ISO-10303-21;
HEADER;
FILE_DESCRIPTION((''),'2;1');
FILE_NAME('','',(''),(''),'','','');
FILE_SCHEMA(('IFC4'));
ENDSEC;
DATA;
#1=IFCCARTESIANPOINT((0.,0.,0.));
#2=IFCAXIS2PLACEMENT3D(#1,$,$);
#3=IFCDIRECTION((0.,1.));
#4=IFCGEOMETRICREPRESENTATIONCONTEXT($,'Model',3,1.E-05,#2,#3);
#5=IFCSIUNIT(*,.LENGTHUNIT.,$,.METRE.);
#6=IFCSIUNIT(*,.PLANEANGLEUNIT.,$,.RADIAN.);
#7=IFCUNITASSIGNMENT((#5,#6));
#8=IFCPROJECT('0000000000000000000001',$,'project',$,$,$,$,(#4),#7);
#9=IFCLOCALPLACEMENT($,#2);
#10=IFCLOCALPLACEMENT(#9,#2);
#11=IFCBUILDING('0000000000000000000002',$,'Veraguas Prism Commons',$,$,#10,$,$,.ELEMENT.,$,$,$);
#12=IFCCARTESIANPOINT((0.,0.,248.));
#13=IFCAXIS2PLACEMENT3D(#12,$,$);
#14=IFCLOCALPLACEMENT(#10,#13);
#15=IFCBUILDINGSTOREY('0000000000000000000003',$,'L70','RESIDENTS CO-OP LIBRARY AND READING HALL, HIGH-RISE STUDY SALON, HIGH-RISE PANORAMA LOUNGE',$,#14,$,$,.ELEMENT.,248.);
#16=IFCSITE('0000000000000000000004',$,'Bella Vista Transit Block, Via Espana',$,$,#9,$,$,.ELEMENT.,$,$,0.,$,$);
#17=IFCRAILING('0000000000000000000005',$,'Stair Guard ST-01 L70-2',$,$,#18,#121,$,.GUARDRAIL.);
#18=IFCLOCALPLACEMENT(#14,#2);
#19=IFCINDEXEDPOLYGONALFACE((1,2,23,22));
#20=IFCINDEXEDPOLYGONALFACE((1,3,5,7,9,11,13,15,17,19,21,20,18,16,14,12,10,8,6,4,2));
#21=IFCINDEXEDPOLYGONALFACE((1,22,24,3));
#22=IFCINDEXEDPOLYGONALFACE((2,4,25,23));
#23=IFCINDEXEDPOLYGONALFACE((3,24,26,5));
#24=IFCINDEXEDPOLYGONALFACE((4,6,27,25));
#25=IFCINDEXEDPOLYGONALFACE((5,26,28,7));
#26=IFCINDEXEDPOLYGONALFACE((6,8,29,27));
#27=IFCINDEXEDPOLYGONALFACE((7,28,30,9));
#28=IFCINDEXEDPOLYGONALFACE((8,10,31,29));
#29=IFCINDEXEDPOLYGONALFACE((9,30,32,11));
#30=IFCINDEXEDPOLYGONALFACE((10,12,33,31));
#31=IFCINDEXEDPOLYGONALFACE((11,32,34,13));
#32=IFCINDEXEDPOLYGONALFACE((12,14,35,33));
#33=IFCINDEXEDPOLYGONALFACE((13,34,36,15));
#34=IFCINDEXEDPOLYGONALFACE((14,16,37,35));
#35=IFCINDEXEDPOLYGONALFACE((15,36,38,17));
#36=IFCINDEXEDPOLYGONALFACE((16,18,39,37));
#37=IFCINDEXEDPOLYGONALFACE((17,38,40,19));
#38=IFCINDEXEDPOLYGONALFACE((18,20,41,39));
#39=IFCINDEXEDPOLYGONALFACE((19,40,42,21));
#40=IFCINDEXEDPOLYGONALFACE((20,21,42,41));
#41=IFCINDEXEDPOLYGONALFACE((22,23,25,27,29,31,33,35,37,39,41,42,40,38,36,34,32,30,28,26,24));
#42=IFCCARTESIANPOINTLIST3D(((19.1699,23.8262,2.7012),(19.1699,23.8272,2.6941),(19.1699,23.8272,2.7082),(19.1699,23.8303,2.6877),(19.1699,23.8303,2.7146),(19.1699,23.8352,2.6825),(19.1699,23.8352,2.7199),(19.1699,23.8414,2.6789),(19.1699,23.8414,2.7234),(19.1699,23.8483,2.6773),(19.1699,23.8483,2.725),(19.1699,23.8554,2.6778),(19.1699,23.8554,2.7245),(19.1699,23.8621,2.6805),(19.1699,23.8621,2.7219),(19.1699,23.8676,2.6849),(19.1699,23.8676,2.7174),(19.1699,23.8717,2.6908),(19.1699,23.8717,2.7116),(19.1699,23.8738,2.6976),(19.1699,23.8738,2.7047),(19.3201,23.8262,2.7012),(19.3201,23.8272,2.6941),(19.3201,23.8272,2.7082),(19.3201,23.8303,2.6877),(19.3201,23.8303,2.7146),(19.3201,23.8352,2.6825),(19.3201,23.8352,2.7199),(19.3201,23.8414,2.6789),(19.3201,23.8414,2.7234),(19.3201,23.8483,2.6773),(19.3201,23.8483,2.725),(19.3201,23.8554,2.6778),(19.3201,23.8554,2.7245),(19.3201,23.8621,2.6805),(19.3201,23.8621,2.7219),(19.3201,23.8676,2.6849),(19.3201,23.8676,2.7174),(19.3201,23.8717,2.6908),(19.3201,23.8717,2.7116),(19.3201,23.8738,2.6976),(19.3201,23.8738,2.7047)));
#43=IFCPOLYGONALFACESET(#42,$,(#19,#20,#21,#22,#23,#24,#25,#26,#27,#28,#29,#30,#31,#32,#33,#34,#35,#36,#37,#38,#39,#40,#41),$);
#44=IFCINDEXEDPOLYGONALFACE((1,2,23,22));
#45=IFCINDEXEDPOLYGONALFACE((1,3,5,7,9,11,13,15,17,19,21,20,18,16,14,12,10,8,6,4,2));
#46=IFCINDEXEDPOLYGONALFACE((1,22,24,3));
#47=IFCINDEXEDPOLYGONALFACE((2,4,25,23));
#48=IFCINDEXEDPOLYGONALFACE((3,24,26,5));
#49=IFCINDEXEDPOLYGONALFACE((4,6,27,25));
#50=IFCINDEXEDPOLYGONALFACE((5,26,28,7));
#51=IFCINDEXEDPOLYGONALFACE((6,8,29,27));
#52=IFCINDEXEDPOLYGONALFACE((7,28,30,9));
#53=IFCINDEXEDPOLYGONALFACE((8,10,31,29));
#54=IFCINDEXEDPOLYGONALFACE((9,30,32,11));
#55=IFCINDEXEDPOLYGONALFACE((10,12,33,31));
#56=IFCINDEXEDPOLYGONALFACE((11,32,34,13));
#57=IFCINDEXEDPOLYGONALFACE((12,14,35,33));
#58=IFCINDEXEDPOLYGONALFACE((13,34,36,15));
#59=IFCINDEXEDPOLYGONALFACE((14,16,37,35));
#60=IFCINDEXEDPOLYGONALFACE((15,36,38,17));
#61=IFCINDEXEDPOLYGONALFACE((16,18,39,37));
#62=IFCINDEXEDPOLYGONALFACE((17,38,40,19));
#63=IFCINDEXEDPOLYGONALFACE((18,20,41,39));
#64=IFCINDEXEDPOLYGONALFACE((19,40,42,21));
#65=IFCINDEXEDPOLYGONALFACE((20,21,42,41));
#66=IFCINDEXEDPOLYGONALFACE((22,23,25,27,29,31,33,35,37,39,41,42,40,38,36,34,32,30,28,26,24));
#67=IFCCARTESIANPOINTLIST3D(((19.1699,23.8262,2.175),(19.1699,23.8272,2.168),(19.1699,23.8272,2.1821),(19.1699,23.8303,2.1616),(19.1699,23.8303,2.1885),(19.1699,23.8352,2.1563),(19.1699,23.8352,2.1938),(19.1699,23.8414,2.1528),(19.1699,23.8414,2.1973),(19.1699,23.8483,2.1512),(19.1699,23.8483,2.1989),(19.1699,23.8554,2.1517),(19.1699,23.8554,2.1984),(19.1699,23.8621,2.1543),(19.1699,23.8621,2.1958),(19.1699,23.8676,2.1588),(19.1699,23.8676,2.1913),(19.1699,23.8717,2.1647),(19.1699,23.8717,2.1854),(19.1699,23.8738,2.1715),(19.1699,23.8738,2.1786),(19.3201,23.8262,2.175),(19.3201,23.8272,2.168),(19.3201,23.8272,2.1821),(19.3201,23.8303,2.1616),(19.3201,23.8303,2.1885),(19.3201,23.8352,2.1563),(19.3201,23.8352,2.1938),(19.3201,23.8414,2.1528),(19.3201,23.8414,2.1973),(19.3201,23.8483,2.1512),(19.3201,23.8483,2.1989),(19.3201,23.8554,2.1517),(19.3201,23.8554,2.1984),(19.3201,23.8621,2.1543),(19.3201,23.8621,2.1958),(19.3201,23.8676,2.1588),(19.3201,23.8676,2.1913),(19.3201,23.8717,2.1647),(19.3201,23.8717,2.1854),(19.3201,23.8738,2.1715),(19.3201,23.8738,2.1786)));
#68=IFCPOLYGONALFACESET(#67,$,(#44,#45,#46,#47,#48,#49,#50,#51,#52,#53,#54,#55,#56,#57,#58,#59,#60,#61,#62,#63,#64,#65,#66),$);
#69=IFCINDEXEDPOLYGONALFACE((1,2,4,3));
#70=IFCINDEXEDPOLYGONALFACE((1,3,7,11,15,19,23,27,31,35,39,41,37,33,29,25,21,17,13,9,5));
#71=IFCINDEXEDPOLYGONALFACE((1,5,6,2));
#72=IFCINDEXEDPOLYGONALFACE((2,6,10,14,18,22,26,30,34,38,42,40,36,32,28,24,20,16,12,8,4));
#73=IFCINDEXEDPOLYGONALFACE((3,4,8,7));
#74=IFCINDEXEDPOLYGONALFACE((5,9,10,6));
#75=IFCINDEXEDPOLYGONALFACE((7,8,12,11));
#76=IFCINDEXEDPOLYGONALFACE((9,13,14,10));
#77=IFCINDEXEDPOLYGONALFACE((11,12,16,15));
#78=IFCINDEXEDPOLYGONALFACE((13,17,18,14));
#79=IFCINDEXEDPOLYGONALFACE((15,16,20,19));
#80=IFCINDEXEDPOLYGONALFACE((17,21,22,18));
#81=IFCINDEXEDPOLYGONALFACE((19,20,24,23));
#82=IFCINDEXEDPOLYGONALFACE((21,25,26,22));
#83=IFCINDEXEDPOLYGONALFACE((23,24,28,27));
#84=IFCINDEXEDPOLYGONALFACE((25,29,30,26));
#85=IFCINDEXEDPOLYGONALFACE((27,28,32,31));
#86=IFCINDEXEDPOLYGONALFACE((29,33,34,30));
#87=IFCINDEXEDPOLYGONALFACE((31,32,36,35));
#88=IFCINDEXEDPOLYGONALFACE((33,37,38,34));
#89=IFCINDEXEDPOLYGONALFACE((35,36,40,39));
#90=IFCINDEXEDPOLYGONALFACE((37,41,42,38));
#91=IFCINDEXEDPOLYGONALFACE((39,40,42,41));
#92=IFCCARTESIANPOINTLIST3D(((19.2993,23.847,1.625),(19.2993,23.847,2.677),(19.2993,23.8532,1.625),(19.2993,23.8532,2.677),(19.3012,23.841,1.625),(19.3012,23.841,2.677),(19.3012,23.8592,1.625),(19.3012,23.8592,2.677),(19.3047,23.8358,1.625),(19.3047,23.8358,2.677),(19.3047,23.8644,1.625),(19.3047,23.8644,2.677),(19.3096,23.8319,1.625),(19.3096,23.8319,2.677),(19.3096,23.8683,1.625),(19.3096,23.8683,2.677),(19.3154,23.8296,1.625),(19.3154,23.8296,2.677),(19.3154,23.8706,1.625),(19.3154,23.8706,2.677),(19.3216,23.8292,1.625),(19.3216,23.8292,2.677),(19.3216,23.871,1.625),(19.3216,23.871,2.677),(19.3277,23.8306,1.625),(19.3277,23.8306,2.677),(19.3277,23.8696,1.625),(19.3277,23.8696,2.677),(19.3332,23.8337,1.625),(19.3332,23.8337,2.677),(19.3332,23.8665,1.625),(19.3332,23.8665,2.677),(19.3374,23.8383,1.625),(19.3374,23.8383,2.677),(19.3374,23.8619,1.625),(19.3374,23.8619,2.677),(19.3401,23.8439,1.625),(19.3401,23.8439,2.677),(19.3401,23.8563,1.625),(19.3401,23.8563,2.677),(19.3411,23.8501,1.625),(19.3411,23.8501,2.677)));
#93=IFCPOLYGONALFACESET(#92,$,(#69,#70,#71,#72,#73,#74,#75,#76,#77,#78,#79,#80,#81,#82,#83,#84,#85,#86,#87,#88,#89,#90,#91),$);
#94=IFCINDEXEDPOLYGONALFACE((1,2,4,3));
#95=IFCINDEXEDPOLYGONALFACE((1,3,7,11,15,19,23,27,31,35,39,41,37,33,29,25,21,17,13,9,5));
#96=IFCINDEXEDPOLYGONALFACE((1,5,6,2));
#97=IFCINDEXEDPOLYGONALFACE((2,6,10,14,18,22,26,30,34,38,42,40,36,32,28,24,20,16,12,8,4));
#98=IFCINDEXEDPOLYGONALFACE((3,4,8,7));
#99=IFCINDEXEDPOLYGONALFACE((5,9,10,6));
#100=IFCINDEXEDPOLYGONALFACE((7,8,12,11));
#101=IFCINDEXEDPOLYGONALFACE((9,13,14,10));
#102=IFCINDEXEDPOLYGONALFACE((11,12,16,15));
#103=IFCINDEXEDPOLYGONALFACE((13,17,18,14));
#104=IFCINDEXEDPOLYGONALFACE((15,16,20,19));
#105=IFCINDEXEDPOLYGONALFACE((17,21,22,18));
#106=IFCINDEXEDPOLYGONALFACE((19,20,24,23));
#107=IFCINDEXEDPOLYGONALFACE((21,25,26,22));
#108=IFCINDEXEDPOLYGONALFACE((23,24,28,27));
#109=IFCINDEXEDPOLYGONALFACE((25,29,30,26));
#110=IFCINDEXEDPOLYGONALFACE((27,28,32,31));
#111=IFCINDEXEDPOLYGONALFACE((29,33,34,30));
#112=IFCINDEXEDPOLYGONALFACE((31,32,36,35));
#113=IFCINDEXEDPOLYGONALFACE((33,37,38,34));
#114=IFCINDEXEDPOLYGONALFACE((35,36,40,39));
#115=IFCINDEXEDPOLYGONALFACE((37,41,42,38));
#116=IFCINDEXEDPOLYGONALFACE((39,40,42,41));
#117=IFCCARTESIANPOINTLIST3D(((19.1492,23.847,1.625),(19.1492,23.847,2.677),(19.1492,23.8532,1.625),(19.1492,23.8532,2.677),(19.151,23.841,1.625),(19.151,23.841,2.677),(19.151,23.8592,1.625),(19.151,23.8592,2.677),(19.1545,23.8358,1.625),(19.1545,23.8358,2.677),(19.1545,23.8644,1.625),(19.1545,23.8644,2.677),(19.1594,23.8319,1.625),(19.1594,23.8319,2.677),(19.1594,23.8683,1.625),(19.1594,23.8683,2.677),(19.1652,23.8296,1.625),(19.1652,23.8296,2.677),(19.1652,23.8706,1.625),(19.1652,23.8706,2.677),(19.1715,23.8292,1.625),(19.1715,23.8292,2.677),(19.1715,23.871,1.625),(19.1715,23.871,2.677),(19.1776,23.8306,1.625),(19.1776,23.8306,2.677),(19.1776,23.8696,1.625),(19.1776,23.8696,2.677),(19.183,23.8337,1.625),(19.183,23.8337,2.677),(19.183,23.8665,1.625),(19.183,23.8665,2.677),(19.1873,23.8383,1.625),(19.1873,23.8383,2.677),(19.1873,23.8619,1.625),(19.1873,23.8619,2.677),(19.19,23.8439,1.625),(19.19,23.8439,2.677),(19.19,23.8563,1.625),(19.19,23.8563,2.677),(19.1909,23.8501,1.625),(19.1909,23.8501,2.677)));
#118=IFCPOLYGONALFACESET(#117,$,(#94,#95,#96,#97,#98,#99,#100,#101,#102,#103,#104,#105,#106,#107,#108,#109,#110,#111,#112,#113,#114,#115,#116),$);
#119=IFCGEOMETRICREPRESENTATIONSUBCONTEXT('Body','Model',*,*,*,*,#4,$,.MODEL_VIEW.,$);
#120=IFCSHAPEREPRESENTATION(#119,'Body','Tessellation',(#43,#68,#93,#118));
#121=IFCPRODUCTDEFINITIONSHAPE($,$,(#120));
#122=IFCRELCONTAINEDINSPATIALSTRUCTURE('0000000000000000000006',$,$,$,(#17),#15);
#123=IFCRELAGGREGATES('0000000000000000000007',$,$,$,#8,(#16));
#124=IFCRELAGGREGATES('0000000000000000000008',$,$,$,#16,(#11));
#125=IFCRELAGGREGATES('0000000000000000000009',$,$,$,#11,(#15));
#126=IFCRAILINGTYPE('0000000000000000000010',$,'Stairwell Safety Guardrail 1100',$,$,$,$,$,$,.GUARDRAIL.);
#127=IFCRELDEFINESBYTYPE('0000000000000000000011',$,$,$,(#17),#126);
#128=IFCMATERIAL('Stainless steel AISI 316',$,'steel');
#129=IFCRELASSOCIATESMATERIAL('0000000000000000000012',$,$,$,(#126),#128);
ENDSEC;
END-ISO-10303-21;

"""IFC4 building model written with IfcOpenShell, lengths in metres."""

from ifc_helpers import new_model, si_unit, direction, frame, origin, origin_2d, place, context, subcontext, project, spatial, circle, extrude, material, type_object, element, save


model = new_model("IFC4")

# Units and contexts
model_context = context("Model", 3, precision=1e-05, world=origin(), true_north=direction((0.0, 1.0)))
body_context = subcontext(model_context, "Body", "Model", "MODEL_VIEW")
ifc_project = project(units=[si_unit("LENGTHUNIT", "METRE"), si_unit("PLANEANGLEUNIT", "RADIAN")], contexts=[model_context])

# Site, building, storey
site_placement = place(None, origin())
site = spatial("IfcSite", under=ifc_project, at=site_placement, Name="Bella Vista Transit Block, Via Espana", CompositionType="ELEMENT", RefElevation=0.0)
building_placement = place(site_placement, origin())
building = spatial("IfcBuilding", under=site, at=building_placement, Name="Veraguas Prism Commons", CompositionType="ELEMENT")
storey_placement = place(building_placement, frame((0.0, 0.0, 248.0)))
storey = spatial("IfcBuildingStorey", under=building, at=storey_placement, Name="L70", Description="RESIDENTS CO-OP LIBRARY AND READING HALL, HIGH-RISE STUDY SALON, HIGH-RISE PANORAMA LOUNGE", CompositionType="ELEMENT", Elevation=248.0)

# Shared definitions
ifc_material_1 = material(Name="Stainless steel AISI 316", Category="steel")

# Railing
railing_type_1 = type_object("IfcRailingType", Name="Stairwell Safety Guardrail 1100", PredefinedType="GUARDRAIL", material=ifc_material_1)
railing_1_placement = place(storey_placement, frame((19.3201, 23.8501, 1.625)))
element("IfcRailing", 1, at=railing_1_placement, inside=storey, type_object=railing_type_1, Name="Stair Guard ST-01 L70-2", PredefinedType="GUARDRAIL", context=body_context, shape_type="SweptSolid", body=[
    extrude(circle(Radius=0.0239, at=origin_2d()), frame((0.0, 0.0, 1.0762), z_axis=(-1.0, 0.0, 0.0), x_axis=(0.0, -1.0, 0.0)), (0.0, 0.0, 1.0), 0.1501),
    extrude(circle(Radius=0.0239, at=origin_2d()), frame((0.0, 0.0, 0.55), z_axis=(-1.0, 0.0, 0.0), x_axis=(0.0, -1.0, 0.0)), (0.0, 0.0, 1.0), 0.1501),
    extrude(circle(Radius=0.021, at=origin_2d()), origin(), (0.0, 0.0, 1.0), 1.052),
    extrude(circle(Radius=0.021, at=origin_2d()), frame((-0.1501, 0.0, 0.0)), (0.0, 0.0, 1.0), 1.052),
])

save(model, "model.ifc")
